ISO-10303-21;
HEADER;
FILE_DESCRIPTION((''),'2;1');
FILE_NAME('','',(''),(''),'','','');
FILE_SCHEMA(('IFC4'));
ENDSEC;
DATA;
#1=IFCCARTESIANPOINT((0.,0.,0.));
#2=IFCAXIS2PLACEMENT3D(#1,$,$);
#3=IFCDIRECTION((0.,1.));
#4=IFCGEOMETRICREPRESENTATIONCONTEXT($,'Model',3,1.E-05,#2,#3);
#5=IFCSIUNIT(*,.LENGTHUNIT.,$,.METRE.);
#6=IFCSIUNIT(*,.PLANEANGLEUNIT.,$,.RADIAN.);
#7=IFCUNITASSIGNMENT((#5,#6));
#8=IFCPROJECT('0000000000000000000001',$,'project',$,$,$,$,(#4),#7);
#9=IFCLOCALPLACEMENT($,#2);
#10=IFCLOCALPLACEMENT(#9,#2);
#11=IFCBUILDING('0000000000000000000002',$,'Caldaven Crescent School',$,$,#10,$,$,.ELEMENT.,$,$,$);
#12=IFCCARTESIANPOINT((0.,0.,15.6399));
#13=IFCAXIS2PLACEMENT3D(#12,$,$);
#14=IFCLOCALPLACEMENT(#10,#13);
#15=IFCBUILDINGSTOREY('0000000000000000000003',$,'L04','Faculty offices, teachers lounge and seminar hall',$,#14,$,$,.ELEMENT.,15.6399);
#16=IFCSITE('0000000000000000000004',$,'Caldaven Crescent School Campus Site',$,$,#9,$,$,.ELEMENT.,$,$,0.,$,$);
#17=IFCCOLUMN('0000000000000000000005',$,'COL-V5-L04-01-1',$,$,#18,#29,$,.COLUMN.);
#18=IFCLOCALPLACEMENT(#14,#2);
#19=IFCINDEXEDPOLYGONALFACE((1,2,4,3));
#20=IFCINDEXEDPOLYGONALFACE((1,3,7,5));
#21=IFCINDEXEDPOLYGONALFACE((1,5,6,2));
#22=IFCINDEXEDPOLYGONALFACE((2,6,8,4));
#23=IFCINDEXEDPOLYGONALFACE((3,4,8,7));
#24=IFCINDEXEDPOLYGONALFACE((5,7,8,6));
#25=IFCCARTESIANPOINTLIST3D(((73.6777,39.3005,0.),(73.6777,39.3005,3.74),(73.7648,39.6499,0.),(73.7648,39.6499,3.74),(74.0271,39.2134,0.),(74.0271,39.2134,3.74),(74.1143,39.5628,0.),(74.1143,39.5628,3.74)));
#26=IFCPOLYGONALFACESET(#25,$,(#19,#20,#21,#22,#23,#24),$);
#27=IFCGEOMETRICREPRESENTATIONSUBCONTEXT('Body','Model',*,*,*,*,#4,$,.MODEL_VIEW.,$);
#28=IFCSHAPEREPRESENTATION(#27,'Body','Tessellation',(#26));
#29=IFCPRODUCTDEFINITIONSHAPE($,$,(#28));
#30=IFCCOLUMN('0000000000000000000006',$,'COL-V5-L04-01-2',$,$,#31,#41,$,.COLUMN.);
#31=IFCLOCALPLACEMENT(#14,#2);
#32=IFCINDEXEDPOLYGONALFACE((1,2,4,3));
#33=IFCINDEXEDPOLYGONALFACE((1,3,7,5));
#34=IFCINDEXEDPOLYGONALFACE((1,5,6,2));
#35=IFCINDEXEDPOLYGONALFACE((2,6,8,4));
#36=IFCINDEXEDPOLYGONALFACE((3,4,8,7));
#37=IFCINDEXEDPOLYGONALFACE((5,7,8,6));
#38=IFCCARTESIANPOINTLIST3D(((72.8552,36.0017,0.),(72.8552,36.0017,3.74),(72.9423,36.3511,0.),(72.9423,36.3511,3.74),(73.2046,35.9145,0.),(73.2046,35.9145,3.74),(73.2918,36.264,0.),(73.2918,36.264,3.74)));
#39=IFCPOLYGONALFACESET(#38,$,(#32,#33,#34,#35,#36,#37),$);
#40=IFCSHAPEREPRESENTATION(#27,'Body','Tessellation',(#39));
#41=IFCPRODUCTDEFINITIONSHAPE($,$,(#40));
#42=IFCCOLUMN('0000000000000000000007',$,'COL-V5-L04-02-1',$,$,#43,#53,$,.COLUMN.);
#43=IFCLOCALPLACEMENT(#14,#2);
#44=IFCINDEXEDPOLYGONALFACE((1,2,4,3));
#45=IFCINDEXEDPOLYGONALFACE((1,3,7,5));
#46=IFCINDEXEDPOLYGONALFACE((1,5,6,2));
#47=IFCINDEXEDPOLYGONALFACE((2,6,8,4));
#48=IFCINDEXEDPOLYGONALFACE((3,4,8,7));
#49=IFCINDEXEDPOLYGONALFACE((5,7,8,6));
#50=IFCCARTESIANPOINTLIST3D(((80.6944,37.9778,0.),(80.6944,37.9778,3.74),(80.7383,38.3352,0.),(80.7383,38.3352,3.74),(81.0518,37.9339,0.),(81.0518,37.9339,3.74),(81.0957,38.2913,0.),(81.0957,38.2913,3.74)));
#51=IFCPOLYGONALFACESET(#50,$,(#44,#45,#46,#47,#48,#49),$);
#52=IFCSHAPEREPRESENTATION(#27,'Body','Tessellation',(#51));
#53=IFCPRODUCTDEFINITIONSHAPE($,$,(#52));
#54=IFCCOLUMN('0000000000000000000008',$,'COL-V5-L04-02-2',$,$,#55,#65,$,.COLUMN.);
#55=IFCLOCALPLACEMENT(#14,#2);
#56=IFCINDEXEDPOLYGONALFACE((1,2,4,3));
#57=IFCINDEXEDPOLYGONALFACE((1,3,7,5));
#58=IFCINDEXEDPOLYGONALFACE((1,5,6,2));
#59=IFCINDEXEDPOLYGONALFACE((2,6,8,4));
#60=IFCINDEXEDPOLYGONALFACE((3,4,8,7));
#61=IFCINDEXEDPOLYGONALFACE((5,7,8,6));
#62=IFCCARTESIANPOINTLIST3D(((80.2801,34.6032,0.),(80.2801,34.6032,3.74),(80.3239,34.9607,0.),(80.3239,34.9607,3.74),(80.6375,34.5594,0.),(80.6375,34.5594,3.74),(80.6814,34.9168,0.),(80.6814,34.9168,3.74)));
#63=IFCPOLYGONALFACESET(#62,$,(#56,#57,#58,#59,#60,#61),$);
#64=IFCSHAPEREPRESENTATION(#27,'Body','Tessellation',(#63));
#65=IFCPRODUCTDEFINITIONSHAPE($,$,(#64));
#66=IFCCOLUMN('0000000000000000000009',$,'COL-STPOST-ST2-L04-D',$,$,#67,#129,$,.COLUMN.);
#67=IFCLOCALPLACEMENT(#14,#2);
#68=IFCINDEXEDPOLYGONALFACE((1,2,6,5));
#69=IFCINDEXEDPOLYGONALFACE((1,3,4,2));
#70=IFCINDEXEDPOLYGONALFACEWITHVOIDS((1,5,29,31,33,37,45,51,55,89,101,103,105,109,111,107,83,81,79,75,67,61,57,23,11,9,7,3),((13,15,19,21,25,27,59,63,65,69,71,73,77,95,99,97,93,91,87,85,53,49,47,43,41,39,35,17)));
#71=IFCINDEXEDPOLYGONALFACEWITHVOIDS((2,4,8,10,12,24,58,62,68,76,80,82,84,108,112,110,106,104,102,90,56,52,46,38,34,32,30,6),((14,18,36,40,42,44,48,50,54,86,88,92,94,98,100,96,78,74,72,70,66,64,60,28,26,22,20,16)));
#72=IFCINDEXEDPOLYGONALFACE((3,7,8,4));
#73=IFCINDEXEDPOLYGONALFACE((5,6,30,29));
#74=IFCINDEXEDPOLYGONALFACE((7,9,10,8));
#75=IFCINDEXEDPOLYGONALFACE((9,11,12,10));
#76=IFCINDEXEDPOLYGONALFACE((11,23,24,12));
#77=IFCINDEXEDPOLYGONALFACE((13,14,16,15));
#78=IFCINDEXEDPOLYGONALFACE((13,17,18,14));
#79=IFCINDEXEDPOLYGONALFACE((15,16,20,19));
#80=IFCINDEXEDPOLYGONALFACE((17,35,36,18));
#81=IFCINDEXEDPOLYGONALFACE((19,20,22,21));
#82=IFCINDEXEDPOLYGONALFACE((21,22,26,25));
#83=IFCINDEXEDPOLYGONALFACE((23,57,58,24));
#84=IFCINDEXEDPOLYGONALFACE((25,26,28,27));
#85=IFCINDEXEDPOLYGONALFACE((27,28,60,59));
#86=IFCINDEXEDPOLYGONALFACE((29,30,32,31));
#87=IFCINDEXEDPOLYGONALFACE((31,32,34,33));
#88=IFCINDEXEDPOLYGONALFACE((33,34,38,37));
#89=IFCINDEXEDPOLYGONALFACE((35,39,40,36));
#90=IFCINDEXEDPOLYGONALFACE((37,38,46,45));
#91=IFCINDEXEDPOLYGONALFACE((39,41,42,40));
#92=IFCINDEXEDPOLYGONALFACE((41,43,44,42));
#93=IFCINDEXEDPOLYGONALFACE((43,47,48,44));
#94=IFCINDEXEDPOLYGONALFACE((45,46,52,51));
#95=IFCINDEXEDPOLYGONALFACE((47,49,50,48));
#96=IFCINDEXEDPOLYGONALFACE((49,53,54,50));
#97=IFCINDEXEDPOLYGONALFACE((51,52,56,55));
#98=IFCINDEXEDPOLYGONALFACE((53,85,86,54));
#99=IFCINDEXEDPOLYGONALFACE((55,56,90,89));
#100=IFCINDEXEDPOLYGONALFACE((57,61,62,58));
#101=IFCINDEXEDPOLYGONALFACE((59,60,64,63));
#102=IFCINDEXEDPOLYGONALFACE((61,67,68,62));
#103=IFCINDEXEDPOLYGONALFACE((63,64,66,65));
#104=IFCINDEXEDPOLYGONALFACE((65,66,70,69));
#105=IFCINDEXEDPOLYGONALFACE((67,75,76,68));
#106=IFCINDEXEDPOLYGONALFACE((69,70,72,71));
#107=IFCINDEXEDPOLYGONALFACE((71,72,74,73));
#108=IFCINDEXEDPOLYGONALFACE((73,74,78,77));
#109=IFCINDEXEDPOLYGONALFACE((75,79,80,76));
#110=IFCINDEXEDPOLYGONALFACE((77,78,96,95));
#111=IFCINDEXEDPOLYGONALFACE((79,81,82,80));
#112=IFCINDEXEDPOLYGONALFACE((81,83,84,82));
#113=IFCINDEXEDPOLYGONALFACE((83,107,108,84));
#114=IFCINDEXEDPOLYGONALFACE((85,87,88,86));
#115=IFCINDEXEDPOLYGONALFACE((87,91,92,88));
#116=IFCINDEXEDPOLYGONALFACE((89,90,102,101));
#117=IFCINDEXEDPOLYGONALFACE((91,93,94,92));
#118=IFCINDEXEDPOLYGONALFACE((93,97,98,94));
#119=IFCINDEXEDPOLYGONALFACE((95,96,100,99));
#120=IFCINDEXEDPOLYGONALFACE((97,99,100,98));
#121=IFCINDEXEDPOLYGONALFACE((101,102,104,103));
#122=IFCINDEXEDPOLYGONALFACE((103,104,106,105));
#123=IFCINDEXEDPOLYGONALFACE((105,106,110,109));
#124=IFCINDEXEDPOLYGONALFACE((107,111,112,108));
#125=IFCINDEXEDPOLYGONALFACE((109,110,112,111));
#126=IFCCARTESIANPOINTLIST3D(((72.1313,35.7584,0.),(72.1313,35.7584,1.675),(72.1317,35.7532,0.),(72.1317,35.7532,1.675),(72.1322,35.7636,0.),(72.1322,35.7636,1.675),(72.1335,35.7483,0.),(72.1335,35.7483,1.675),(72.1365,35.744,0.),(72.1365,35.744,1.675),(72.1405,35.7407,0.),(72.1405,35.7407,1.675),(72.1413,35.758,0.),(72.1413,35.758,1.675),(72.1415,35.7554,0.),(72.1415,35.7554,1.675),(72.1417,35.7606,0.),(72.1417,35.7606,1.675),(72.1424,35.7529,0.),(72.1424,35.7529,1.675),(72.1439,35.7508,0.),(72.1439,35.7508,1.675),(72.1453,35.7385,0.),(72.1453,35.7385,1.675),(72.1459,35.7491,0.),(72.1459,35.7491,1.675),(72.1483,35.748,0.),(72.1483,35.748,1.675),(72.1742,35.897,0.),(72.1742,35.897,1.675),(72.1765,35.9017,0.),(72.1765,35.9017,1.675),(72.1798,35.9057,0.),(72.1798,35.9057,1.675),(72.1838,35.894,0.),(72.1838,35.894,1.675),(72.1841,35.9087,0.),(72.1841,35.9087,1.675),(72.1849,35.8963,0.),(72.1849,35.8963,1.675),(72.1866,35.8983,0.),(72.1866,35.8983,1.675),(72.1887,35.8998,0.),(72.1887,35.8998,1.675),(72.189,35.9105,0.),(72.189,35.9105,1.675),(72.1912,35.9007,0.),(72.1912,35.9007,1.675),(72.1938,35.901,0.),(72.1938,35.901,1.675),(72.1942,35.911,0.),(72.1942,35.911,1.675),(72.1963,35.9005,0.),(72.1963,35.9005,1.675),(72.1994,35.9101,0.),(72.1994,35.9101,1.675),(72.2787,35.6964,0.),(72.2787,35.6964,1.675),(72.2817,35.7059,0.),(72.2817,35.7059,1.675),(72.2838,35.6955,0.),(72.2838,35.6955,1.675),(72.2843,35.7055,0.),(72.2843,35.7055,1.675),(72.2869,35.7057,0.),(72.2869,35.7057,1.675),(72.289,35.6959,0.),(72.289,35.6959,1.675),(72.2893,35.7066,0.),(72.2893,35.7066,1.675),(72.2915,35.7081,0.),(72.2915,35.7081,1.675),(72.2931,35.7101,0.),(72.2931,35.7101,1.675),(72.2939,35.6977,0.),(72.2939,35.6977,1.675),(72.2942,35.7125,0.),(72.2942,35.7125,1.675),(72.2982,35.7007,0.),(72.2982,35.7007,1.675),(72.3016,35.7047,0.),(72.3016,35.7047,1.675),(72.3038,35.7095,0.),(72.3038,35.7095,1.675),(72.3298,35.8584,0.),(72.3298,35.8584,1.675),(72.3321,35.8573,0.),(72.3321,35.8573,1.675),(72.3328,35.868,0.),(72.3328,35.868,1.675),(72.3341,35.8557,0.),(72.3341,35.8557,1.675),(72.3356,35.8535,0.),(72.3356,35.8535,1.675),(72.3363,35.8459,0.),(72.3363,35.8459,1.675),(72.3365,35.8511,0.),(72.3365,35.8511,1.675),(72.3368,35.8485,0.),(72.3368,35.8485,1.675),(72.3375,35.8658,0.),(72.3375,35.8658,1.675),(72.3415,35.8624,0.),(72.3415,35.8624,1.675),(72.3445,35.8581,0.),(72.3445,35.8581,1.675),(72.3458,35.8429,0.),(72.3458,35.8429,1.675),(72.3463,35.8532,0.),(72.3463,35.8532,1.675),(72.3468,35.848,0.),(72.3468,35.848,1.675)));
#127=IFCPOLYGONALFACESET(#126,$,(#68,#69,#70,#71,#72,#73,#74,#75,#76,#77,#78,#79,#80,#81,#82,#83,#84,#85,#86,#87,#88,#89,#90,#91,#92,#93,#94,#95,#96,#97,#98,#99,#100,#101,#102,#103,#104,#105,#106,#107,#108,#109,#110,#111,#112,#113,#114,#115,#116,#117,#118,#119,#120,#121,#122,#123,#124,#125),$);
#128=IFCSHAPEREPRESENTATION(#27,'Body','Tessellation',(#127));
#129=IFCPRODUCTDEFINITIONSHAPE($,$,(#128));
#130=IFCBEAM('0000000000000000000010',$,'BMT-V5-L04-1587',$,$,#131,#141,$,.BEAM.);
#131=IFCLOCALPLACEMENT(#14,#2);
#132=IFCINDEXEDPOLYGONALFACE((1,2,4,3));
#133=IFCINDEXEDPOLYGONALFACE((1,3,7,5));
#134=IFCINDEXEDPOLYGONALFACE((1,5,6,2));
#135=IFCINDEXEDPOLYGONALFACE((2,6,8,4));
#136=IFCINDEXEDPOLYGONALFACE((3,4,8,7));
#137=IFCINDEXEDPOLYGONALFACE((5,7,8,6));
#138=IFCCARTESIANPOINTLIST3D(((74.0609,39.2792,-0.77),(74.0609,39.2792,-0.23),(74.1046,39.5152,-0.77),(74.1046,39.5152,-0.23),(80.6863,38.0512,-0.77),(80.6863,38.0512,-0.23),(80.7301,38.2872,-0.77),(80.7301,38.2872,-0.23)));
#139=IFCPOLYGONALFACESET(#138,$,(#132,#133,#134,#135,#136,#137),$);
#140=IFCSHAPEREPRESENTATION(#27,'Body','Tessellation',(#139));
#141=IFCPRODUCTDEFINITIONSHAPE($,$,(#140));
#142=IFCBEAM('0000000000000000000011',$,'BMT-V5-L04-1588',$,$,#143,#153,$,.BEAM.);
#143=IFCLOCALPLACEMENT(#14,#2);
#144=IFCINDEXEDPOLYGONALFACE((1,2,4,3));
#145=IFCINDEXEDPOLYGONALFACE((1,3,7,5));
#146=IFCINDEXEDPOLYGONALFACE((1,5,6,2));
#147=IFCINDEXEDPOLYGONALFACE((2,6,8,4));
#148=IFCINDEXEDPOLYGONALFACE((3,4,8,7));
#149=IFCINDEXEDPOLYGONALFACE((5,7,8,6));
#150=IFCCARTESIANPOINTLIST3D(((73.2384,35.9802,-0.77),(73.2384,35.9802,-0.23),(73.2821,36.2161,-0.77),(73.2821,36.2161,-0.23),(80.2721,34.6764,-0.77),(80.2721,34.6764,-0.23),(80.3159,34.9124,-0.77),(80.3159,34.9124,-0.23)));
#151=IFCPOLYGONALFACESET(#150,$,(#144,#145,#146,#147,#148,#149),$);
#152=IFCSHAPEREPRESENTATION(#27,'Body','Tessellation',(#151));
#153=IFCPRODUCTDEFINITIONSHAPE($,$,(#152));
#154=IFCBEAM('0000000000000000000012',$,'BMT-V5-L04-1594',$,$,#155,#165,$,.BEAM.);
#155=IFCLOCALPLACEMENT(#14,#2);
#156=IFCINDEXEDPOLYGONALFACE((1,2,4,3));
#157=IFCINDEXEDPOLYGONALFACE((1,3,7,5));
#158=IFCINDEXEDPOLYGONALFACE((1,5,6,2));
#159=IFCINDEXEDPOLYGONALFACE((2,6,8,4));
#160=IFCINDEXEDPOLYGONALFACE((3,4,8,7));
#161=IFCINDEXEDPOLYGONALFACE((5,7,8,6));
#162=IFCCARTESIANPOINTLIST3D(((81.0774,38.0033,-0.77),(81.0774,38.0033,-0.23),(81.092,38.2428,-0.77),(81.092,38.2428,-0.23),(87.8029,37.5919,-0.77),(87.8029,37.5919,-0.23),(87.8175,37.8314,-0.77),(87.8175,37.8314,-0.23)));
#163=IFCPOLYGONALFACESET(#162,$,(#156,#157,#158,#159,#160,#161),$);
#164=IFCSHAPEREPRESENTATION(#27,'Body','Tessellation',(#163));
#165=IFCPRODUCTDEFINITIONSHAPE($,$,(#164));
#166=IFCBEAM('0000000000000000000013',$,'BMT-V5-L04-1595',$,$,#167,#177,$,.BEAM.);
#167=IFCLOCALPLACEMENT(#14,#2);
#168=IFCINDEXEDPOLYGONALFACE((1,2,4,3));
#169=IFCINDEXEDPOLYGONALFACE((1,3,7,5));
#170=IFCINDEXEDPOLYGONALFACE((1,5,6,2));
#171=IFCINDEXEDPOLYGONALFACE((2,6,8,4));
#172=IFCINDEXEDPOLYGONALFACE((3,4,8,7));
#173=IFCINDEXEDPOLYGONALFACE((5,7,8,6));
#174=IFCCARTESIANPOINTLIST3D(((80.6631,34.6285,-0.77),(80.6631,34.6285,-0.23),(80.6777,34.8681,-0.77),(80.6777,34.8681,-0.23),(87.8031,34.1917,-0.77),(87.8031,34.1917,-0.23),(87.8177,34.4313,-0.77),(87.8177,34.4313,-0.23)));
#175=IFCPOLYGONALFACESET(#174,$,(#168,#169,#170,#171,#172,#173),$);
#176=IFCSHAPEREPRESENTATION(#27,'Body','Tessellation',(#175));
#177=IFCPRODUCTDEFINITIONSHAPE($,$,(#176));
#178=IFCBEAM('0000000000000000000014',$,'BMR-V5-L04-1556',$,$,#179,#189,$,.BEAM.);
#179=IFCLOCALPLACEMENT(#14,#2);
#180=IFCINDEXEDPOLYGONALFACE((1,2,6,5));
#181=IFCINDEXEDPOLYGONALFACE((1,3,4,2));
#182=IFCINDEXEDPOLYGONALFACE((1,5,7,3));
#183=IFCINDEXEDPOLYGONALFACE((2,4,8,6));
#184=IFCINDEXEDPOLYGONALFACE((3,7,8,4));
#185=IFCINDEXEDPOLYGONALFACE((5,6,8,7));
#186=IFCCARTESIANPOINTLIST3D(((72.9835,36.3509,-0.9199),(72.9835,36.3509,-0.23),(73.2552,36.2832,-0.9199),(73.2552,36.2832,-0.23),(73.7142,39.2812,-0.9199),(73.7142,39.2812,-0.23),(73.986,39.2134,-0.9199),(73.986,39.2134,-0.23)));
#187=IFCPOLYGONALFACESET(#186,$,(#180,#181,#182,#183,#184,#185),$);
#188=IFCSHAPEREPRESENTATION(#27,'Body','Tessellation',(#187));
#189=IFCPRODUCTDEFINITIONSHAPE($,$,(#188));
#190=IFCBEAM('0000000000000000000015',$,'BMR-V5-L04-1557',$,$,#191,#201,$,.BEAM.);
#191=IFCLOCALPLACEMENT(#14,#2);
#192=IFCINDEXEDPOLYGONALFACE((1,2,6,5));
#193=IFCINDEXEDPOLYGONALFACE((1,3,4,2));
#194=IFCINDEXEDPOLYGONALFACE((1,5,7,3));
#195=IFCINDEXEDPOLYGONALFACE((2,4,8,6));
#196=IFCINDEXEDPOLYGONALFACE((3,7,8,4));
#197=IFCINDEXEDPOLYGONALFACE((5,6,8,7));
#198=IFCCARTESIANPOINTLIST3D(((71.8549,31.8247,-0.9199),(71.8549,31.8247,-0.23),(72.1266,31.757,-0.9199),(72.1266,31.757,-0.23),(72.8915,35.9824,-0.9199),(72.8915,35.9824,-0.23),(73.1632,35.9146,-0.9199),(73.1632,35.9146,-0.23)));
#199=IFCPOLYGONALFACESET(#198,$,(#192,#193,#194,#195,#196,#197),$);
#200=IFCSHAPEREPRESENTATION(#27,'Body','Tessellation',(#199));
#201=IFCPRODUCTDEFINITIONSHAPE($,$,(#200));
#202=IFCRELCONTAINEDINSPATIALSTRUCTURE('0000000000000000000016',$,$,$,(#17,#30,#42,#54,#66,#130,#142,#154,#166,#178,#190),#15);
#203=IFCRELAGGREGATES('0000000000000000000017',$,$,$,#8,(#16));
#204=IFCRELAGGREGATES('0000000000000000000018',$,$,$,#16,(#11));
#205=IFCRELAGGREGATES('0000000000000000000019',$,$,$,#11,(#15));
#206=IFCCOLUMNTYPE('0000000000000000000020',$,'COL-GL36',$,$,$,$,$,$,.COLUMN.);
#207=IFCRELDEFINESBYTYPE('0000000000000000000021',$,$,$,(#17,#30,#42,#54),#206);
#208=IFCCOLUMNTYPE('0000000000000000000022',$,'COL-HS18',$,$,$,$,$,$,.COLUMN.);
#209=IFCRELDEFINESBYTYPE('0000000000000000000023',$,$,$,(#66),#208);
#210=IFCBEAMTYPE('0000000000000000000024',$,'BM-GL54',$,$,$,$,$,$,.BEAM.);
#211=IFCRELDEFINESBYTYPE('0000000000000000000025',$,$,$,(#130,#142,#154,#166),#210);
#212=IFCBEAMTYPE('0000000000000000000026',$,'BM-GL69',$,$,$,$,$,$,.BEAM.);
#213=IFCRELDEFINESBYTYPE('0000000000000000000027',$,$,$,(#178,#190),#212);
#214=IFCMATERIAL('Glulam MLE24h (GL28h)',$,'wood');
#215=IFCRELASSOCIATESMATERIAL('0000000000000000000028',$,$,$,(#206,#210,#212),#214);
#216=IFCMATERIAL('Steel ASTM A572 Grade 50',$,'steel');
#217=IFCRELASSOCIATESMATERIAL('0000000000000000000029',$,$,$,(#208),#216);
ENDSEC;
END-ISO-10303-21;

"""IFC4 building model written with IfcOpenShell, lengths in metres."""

from ifc_helpers import new_model, si_unit, direction, frame, origin, origin_2d, place, context, subcontext, project, spatial, rectangle, hollow_rectangle, extrude, material, material_profile, profile_set, type_object, element, save


model = new_model("IFC4")

# Units and contexts
model_context = context("Model", 3, precision=1e-05, world=origin(), true_north=direction((0.0, 1.0)))
body_context = subcontext(model_context, "Body", "Model", "MODEL_VIEW")
ifc_project = project(units=[si_unit("LENGTHUNIT", "METRE"), si_unit("PLANEANGLEUNIT", "RADIAN")], contexts=[model_context])

# Site, building, storey
site_placement = place(None, origin())
site = spatial("IfcSite", under=ifc_project, at=site_placement, Name="Caldaven Crescent School Campus Site", CompositionType="ELEMENT", RefElevation=0.0)
building_placement = place(site_placement, origin())
building = spatial("IfcBuilding", under=site, at=building_placement, Name="Caldaven Crescent School", CompositionType="ELEMENT")
storey_placement = place(building_placement, frame((0.0, 0.0, 15.6399)))
storey = spatial("IfcBuildingStorey", under=building, at=storey_placement, Name="L04", Description="Faculty offices, teachers lounge and seminar hall", CompositionType="ELEMENT", Elevation=15.6399)

# Columns
ifc_material_1 = material(Name="Glulam MLE24h (GL28h)", Category="wood")
ifc_material_profile_1 = material_profile(ifc_material_1, rectangle(XDim=0.3601, YDim=0.3601, at=origin_2d()), Name="MLE 360x360")
ifc_profile_set_1 = profile_set([ifc_material_profile_1], Name="Glulam MLE24h (GL28h)")
column_type_1 = type_object("IfcColumnType", Name="COL-GL36", PredefinedType="COLUMN", material=ifc_profile_set_1)
for number, where, z_axis, x_axis, name in (
    (1, (73.896, 39.4316, 0.0), (0.0, 0.0, 1.0), (-0.241922, -0.970296, 0.0), "COL-V5-L04-01-1"),
    (2, (73.0735, 36.1328, 0.0), (0.0, 0.0, 1.0), (-0.241922, -0.970296, 0.0), "COL-V5-L04-01-2"),
    (3, (80.895, 38.1345, 0.0), (0.0, 0.0, 1.0), (-0.121869, -0.992546, 0.0), "COL-V5-L04-02-1"),
    (4, (80.4807, 34.76, 0.0), (0.0, 0.0, 1.0), (-0.121869, -0.992546, 0.0), "COL-V5-L04-02-2"),
):
    element("IfcColumn", number, at=place(storey_placement, frame(where, z_axis=z_axis, x_axis=x_axis)), inside=storey, type_object=column_type_1, Name=name, PredefinedType="COLUMN", context=body_context, shape_type="SweptSolid", body=[
        extrude(rectangle(XDim=0.3601, YDim=0.3601, at=origin_2d()), origin(), (0.0, 0.0, 1.0), 3.74),
    ])
ifc_material_2 = material(Name="Steel ASTM A572 Grade 50", Category="steel")
ifc_material_profile_2 = material_profile(ifc_material_2, hollow_rectangle(XDim=0.1799, YDim=0.1799, WallThickness=0.01, InnerFilletRadius=0.01, OuterFilletRadius=0.02, at=origin_2d()), Name="HSS 180x180x10")
ifc_profile_set_2 = profile_set([ifc_material_profile_2], Name="Steel ASTM A572 Grade 50")
column_type_2 = type_object("IfcColumnType", Name="COL-HS18", PredefinedType="COLUMN", material=ifc_profile_set_2)
column_placement = place(storey_placement, frame((72.239, 35.8032, 0.0), z_axis=(0.0, 0.0, 1.0), x_axis=(0.953717, -0.300706, 0.0)))
element("IfcColumn", 5, at=column_placement, inside=storey, type_object=column_type_2, Name="COL-STPOST-ST2-L04-D", PredefinedType="COLUMN", context=body_context, shape_type="SweptSolid", body=[
    extrude(hollow_rectangle(XDim=0.1799, YDim=0.1799, WallThickness=0.01, InnerFilletRadius=0.01, OuterFilletRadius=0.02, at=origin_2d()), origin(), (0.0, 0.0, 1.0), 1.675),
])

# Beams
ifc_material_profile_3 = material_profile(ifc_material_1, rectangle(XDim=0.24, YDim=0.54, at=origin_2d()), Name="MLE 240x540")
ifc_profile_set_3 = profile_set([ifc_material_profile_3], Name="Glulam MLE24h (GL28h)")
beam_type_1 = type_object("IfcBeamType", Name="BM-GL54", PredefinedType="BEAM", material=ifc_profile_set_3)
beam_1_placement = place(storey_placement, frame((74.0828, 39.3972, -0.5), z_axis=(0.983253, -0.182245, 0.0), x_axis=(0.182245, 0.983253, 0.0)))
element("IfcBeam", 6, at=beam_1_placement, inside=storey, type_object=beam_type_1, Name="BMT-V5-L04-1587", PredefinedType="BEAM", context=body_context, shape_type="SweptSolid", body=[
    extrude(rectangle(XDim=0.24, YDim=0.54, at=origin_2d()), origin(), (0.0, 0.0, 1.0), 6.7383),
])
beam_2_placement = place(storey_placement, frame((73.2603, 36.0981, -0.5), z_axis=(0.983253, -0.182248, 0.0), x_axis=(0.182248, 0.983253, 0.0)))
element("IfcBeam", 7, at=beam_2_placement, inside=storey, type_object=beam_type_1, Name="BMT-V5-L04-1588", PredefinedType="BEAM", context=body_context, shape_type="SweptSolid", body=[
    extrude(rectangle(XDim=0.24, YDim=0.54, at=origin_2d()), origin(), (0.0, 0.0, 1.0), 7.1536),
])
beam_3_placement = place(storey_placement, frame((81.0847, 38.123, -0.5), z_axis=(0.998135, -0.061052, 0.0), x_axis=(0.061052, 0.998135, 0.0)))
element("IfcBeam", 8, at=beam_3_placement, inside=storey, type_object=beam_type_1, Name="BMT-V5-L04-1594", PredefinedType="BEAM", context=body_context, shape_type="SweptSolid", body=[
    extrude(rectangle(XDim=0.24, YDim=0.54, at=origin_2d()), origin(), (0.0, 0.0, 1.0), 6.738),
])
beam_4_placement = place(storey_placement, frame((80.6704, 34.7483, -0.5), z_axis=(0.998134, -0.061059, 0.0), x_axis=(0.061059, 0.998134, 0.0)))
element("IfcBeam", 9, at=beam_4_placement, inside=storey, type_object=beam_type_1, Name="BMT-V5-L04-1595", PredefinedType="BEAM", context=body_context, shape_type="SweptSolid", body=[
    extrude(rectangle(XDim=0.24, YDim=0.54, at=origin_2d()), origin(), (0.0, 0.0, 1.0), 7.1533),
])
ifc_material_profile_4 = material_profile(ifc_material_1, rectangle(XDim=0.28, YDim=0.6899, at=origin_2d()), Name="MLE 280x690")
ifc_profile_set_4 = profile_set([ifc_material_profile_4], Name="Glulam MLE24h (GL28h)")
beam_type_2 = type_object("IfcBeamType", Name="BM-GL69", PredefinedType="BEAM", material=ifc_profile_set_4)
beam_5_placement = place(storey_placement, frame((73.8501, 39.2473, -0.575), z_axis=(-0.241965, -0.970285, 0.0), x_axis=(0.970285, -0.241965, 0.0)))
element("IfcBeam", 10, at=beam_5_placement, inside=storey, type_object=beam_type_2, Name="BMR-V5-L04-1556", PredefinedType="BEAM", context=body_context, shape_type="SweptSolid", body=[
    extrude(rectangle(XDim=0.28, YDim=0.6899, at=origin_2d()), origin(), (0.0, 0.0, 1.0), 3.02),
])
beam_6_placement = place(storey_placement, frame((73.0273, 35.9485, -0.575), z_axis=(-0.241919, -0.970296, 0.0), x_axis=(0.970296, -0.241919, 0.0)))
element("IfcBeam", 11, at=beam_6_placement, inside=storey, type_object=beam_type_2, Name="BMR-V5-L04-1557", PredefinedType="BEAM", context=body_context, shape_type="SweptSolid", body=[
    extrude(rectangle(XDim=0.28, YDim=0.6899, at=origin_2d()), origin(), (0.0, 0.0, 1.0), 4.2849),
])

save(model, "model.ifc")
